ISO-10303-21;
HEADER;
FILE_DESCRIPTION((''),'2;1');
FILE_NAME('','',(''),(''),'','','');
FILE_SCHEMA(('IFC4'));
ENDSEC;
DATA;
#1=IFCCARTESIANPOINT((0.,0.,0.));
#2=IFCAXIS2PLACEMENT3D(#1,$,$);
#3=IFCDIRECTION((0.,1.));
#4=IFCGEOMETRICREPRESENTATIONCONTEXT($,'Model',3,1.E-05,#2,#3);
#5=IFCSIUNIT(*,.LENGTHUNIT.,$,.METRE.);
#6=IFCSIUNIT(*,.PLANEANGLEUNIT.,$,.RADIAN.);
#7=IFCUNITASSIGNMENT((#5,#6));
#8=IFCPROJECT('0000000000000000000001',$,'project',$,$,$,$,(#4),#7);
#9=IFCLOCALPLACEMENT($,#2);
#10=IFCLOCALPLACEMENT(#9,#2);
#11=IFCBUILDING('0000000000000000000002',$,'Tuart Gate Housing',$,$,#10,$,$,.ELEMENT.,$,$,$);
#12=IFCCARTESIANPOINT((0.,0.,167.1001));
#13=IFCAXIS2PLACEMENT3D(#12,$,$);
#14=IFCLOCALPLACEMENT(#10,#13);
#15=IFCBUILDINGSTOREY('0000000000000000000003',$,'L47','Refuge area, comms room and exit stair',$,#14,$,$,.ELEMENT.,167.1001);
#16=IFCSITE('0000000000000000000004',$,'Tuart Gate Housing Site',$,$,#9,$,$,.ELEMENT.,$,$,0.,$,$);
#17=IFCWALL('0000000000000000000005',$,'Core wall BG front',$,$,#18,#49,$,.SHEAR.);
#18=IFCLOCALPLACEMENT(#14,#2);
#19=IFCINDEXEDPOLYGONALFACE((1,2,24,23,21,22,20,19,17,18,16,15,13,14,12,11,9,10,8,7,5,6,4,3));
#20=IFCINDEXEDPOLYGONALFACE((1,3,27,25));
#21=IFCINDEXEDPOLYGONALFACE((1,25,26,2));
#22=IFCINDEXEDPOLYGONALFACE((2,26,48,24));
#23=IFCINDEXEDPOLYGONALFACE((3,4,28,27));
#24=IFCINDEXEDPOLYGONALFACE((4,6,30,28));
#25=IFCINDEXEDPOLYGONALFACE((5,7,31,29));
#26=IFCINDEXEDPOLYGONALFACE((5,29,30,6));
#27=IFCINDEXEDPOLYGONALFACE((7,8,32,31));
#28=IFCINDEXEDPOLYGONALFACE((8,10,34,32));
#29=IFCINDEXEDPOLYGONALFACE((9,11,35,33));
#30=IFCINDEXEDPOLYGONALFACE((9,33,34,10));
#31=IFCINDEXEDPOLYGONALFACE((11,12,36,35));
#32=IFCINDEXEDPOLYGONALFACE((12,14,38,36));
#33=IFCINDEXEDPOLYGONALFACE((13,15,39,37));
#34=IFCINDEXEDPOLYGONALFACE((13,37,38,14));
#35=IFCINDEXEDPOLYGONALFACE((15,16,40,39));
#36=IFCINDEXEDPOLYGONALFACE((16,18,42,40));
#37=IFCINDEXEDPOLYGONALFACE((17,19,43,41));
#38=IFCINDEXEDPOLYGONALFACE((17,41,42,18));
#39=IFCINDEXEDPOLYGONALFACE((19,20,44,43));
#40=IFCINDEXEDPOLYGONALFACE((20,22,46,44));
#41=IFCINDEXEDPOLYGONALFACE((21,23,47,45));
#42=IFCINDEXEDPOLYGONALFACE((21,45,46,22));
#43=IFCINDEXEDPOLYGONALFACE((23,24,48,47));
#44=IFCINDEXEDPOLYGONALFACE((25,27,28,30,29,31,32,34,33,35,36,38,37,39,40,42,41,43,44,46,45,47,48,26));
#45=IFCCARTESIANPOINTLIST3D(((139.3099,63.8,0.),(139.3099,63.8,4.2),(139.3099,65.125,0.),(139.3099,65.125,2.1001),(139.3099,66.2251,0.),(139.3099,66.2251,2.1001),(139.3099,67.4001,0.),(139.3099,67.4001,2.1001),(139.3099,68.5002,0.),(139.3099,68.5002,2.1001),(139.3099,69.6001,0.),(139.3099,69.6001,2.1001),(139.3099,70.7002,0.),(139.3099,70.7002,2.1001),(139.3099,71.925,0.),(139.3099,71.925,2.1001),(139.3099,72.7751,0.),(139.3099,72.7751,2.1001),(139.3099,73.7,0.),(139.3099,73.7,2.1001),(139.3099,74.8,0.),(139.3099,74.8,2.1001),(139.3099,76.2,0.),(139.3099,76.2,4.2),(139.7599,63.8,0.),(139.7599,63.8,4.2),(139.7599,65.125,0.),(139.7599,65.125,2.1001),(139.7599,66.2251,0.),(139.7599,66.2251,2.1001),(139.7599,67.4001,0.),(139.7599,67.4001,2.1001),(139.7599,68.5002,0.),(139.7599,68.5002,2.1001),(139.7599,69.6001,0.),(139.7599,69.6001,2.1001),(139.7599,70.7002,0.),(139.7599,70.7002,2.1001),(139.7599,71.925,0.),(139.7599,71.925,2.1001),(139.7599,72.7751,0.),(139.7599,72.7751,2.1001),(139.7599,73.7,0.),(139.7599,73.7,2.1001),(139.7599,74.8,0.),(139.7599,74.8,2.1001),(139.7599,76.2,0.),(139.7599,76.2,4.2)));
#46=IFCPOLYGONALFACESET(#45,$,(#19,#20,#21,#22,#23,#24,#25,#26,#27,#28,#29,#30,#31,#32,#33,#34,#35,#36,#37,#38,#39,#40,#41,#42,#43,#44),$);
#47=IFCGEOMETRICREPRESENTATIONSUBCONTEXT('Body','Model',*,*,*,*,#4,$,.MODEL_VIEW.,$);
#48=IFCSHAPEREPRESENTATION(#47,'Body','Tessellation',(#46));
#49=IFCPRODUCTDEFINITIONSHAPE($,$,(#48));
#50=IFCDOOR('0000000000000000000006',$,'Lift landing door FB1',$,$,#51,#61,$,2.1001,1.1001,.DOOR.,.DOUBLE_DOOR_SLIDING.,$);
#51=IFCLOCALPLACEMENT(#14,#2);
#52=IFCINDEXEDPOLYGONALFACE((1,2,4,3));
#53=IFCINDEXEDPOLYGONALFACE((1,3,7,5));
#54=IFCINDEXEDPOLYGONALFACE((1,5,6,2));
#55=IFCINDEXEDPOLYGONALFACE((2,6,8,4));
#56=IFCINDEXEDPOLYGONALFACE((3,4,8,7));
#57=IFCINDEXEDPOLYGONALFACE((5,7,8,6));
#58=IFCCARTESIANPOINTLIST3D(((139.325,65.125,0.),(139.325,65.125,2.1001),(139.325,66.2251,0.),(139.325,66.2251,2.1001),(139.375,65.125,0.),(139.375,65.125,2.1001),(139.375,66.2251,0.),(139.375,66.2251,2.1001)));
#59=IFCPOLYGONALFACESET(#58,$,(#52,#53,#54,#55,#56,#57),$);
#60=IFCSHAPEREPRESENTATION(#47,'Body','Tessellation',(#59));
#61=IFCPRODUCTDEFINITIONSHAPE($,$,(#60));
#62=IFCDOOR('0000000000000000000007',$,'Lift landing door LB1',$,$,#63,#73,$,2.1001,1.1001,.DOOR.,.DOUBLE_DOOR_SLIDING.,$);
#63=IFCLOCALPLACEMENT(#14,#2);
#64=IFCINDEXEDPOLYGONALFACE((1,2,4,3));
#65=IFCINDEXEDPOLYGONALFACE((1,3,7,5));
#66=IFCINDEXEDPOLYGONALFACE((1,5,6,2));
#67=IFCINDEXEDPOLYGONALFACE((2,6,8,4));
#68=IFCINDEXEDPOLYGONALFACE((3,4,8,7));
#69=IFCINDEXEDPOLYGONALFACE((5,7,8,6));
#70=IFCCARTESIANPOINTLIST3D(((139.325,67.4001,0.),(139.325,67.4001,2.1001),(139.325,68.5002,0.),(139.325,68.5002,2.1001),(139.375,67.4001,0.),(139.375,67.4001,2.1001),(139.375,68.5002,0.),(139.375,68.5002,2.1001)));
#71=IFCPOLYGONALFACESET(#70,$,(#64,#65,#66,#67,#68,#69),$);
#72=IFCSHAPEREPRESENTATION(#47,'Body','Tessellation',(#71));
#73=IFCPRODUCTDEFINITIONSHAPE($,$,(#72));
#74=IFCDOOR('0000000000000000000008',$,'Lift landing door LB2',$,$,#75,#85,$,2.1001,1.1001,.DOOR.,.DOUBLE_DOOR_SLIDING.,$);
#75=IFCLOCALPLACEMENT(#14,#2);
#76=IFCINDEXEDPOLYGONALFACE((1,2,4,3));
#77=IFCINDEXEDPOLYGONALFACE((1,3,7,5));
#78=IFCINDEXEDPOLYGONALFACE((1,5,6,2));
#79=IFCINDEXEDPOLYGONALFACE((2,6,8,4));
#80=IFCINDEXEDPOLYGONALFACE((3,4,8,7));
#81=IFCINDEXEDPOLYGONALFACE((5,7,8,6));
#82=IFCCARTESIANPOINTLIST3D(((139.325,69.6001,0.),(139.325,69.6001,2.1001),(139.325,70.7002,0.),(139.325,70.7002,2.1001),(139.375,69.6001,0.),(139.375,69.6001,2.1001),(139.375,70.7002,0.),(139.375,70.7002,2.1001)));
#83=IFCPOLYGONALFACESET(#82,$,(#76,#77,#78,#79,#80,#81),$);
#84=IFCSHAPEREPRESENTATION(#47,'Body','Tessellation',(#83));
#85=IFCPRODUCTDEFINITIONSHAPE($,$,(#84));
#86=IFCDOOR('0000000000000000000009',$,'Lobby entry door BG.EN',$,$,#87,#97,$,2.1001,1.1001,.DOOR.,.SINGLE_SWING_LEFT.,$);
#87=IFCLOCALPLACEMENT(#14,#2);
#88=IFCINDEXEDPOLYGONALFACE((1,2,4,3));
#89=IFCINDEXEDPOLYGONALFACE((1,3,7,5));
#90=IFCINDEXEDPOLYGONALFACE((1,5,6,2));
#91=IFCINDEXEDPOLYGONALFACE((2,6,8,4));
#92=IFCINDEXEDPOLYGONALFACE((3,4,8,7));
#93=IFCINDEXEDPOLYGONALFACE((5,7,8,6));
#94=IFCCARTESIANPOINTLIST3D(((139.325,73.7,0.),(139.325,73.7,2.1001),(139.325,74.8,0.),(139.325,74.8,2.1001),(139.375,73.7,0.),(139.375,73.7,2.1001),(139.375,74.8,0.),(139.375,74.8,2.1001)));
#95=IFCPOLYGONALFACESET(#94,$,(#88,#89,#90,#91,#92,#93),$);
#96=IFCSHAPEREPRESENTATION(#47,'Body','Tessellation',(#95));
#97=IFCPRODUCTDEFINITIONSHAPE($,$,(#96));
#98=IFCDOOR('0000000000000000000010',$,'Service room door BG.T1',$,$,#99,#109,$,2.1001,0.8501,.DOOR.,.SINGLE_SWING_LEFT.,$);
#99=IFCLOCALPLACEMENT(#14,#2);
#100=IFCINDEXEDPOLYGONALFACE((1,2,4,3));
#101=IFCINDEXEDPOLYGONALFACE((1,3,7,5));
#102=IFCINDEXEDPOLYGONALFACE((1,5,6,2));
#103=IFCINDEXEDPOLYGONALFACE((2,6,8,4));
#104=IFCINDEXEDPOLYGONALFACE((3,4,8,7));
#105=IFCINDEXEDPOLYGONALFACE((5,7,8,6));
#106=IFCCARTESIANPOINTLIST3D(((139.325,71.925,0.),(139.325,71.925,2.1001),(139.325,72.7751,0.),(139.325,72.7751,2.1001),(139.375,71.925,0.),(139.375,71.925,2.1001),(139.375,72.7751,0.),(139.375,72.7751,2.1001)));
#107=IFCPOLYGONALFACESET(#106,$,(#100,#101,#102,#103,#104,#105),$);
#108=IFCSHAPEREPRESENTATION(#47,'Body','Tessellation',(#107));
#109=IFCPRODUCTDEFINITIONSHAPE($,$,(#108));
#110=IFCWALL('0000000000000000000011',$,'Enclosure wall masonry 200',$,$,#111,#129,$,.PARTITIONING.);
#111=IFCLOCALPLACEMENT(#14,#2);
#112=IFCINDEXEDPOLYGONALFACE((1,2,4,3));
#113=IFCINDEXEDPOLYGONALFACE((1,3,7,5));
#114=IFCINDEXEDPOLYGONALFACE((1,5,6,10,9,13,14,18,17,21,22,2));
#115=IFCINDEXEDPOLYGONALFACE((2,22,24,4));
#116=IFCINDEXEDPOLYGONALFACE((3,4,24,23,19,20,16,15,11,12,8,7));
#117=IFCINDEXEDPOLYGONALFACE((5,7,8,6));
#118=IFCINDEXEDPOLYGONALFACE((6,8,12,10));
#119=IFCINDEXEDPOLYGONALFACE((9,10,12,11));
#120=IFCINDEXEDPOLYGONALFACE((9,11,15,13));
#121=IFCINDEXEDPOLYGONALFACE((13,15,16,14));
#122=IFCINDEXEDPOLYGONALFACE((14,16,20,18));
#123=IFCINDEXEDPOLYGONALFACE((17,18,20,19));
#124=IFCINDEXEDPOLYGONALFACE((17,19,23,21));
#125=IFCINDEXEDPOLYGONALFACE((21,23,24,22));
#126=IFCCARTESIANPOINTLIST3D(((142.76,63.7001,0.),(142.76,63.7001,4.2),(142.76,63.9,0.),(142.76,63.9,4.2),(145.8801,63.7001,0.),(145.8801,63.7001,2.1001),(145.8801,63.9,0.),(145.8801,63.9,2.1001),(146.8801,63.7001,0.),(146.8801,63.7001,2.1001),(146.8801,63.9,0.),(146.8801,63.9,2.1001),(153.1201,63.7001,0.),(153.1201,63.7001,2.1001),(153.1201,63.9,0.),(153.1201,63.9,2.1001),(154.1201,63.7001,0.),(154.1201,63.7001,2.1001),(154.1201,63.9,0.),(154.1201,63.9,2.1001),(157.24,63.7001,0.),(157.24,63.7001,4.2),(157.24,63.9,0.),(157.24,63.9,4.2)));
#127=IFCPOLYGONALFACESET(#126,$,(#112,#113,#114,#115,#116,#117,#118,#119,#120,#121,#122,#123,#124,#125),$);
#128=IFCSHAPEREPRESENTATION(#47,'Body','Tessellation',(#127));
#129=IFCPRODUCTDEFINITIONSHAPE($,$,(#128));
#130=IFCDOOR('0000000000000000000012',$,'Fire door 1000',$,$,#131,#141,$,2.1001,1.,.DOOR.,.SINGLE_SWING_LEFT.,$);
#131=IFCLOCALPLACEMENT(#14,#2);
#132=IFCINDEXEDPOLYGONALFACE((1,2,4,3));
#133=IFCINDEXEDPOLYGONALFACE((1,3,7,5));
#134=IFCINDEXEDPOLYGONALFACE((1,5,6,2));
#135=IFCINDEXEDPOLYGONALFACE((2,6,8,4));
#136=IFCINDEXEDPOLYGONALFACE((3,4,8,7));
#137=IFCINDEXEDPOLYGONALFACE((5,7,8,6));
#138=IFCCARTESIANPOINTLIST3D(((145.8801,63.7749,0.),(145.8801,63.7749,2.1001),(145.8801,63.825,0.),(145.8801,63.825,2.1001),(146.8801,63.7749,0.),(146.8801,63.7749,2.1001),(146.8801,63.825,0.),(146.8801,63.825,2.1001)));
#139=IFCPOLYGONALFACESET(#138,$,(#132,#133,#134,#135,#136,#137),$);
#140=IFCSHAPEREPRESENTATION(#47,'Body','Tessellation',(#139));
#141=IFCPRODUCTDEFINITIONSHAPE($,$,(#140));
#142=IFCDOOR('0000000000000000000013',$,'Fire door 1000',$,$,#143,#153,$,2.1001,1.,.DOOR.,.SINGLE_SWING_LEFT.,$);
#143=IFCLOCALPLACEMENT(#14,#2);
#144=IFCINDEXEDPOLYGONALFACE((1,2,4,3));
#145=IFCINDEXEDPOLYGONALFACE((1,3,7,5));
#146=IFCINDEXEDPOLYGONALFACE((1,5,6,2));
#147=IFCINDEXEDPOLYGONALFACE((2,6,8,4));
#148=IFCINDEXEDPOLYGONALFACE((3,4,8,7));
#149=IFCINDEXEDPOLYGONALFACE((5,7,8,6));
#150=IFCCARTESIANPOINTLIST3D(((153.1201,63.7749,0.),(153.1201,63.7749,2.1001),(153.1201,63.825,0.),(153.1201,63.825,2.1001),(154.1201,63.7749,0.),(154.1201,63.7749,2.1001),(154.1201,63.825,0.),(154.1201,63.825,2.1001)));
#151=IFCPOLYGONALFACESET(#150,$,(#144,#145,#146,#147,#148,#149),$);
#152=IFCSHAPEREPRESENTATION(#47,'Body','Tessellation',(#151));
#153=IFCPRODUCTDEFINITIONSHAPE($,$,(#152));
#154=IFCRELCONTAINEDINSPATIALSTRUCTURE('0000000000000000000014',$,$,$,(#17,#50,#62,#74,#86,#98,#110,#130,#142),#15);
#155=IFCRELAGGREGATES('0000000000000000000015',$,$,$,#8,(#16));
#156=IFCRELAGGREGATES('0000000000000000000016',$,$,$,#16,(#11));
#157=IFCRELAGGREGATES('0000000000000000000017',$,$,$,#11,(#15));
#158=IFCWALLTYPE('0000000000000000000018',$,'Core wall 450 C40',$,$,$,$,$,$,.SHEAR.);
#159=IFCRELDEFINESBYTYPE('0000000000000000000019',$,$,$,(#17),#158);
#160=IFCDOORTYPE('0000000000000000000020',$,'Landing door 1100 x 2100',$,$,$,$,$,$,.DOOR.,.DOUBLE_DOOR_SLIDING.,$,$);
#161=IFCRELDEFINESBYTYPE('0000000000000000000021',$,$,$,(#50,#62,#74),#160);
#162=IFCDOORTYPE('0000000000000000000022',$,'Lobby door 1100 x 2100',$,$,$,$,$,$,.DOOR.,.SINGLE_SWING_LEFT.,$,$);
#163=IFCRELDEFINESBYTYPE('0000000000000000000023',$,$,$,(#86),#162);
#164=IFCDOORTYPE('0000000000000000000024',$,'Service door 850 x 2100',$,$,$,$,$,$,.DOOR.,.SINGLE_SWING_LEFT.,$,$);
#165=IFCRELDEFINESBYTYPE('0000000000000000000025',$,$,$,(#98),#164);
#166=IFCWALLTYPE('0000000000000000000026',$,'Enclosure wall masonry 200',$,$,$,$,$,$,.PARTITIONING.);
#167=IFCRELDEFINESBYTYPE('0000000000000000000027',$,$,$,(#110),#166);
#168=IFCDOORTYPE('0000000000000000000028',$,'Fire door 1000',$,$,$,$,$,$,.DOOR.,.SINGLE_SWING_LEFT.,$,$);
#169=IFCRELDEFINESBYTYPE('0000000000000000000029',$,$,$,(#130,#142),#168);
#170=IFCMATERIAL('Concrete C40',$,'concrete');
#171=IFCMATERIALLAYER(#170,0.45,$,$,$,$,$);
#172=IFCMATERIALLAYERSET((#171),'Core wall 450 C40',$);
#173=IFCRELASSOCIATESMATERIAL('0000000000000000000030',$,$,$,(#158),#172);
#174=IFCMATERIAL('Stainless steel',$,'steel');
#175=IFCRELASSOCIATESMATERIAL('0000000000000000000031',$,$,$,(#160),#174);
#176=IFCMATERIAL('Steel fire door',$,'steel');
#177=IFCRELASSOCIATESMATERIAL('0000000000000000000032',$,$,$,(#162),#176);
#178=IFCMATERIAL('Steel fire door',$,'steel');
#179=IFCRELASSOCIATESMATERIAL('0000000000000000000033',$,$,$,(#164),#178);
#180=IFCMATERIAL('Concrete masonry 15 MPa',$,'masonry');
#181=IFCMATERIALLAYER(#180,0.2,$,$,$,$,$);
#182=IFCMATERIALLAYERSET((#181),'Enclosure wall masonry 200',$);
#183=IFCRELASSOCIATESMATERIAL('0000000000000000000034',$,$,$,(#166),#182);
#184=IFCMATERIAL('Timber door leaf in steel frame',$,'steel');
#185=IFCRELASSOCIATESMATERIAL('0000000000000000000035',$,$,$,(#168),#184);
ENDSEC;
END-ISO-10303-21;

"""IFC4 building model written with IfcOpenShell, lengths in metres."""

from ifc_helpers import new_model, si_unit, direction, frame, frame_2d, origin, place, context, subcontext, project, spatial, rectangle, extrude, material, layer, layer_set, type_object, element, fill, save


model = new_model("IFC4")

# Units and contexts
model_context = context("Model", 3, precision=1e-05, world=origin(), true_north=direction((0.0, 1.0)))
body_context = subcontext(model_context, "Body", "Model", "MODEL_VIEW")
ifc_project = project(units=[si_unit("LENGTHUNIT", "METRE"), si_unit("PLANEANGLEUNIT", "RADIAN")], contexts=[model_context])

# Site, building, storey
site_placement = place(None, origin())
site = spatial("IfcSite", under=ifc_project, at=site_placement, Name="Tuart Gate Housing Site", CompositionType="ELEMENT", RefElevation=0.0)
building_placement = place(site_placement, origin())
building = spatial("IfcBuilding", under=site, at=building_placement, Name="Tuart Gate Housing", CompositionType="ELEMENT")
storey_placement = place(building_placement, frame((0.0, 0.0, 167.1001)))
storey = spatial("IfcBuildingStorey", under=building, at=storey_placement, Name="L47", Description="Refuge area, comms room and exit stair", CompositionType="ELEMENT", Elevation=167.1001)

# Walls, openings, doors
ifc_material_1 = material(Name="Concrete C40", Category="concrete")
ifc_layer_1 = layer(ifc_material_1, 0.45)
ifc_layer_set_1 = layer_set([ifc_layer_1], Name="Core wall 450 C40")
wall_type_1 = type_object("IfcWallType", Name="Core wall 450 C40", PredefinedType="SHEAR", material=ifc_layer_set_1)
wall_1_placement = place(storey_placement, frame((139.5349, 63.8, 0.0), z_axis=(0.0, 0.0, 1.0), x_axis=(0.0, 1.0, 0.0)))
wall_1 = element("IfcWall", 1, at=wall_1_placement, inside=storey, type_object=wall_type_1, Name="Core wall BG front", PredefinedType="SHEAR", context=body_context, shape_type="SweptSolid", body=[
    extrude(rectangle(XDim=12.3999, YDim=0.45, at=frame_2d((6.2, 0.0))), origin(), (0.0, 0.0, 1.0), 4.2),
])
opening_1_placement = place(wall_1_placement, frame((1.325, 0.0, 0.0)))
opening_1 = element("IfcOpeningElement", 2, at=opening_1_placement, cuts=wall_1, PredefinedType="OPENING", context=body_context, shape_type="SweptSolid", body=[
    extrude(rectangle(XDim=1.1001, YDim=2.1001, at=frame_2d((0.55, 1.05))), frame((0.0, 0.2349, 0.0), z_axis=(0.0, -1.0, 0.0), x_axis=(1.0, 0.0, 0.0)), (0.0, 0.0, 1.0), 0.47),
])
opening_2_placement = place(wall_1_placement, frame((3.6001, 0.0, 0.0)))
opening_2 = element("IfcOpeningElement", 3, at=opening_2_placement, cuts=wall_1, PredefinedType="OPENING", context=body_context, shape_type="SweptSolid", body=[
    extrude(rectangle(XDim=1.1001, YDim=2.1001, at=frame_2d((0.55, 1.05))), frame((0.0, 0.2349, 0.0), z_axis=(0.0, -1.0, 0.0), x_axis=(1.0, 0.0, 0.0)), (0.0, 0.0, 1.0), 0.47),
])
opening_3_placement = place(wall_1_placement, frame((5.8, 0.0, 0.0)))
opening_3 = element("IfcOpeningElement", 4, at=opening_3_placement, cuts=wall_1, PredefinedType="OPENING", context=body_context, shape_type="SweptSolid", body=[
    extrude(rectangle(XDim=1.1001, YDim=2.1001, at=frame_2d((0.55, 1.05))), frame((0.0, 0.2349, 0.0), z_axis=(0.0, -1.0, 0.0), x_axis=(1.0, 0.0, 0.0)), (0.0, 0.0, 1.0), 0.47),
])
opening_4_placement = place(wall_1_placement, frame((9.8999, 0.0, 0.0)))
opening_4 = element("IfcOpeningElement", 5, at=opening_4_placement, cuts=wall_1, PredefinedType="OPENING", context=body_context, shape_type="SweptSolid", body=[
    extrude(rectangle(XDim=1.1001, YDim=2.1001, at=frame_2d((0.55, 1.05))), frame((0.0, 0.2349, 0.0), z_axis=(0.0, -1.0, 0.0), x_axis=(1.0, 0.0, 0.0)), (0.0, 0.0, 1.0), 0.47),
])
opening_5_placement = place(wall_1_placement, frame((8.125, 0.0, 0.0)))
opening_5 = element("IfcOpeningElement", 6, at=opening_5_placement, cuts=wall_1, PredefinedType="OPENING", context=body_context, shape_type="SweptSolid", body=[
    extrude(rectangle(XDim=0.8501, YDim=2.1001, at=frame_2d((0.425, 1.05))), frame((0.0, 0.2349, 0.0), z_axis=(0.0, -1.0, 0.0), x_axis=(1.0, 0.0, 0.0)), (0.0, 0.0, 1.0), 0.47),
])
ifc_material_2 = material(Name="Stainless steel", Category="steel")
door_type_1 = type_object("IfcDoorType", Name="Landing door 1100 x 2100", OperationType="DOUBLE_DOOR_SLIDING", PredefinedType="DOOR", material=ifc_material_2)
door_1_placement = place(opening_1_placement, origin())
door_1 = element("IfcDoor", 7, at=door_1_placement, inside=storey, type_object=door_type_1, Name="Lift landing door FB1", OperationType="DOUBLE_DOOR_SLIDING", OverallHeight=2.1001, OverallWidth=1.1001, PredefinedType="DOOR", context=body_context, shape_type="SweptSolid", body=[
    extrude(rectangle(XDim=1.1001, YDim=2.1001, at=frame_2d((0.55, 1.05))), frame((0.0, 0.21, 0.0), z_axis=(0.0, -1.0, 0.0), x_axis=(1.0, 0.0, 0.0)), (0.0, 0.0, 1.0), 0.05),
])
fill(opening_1, door_1)
door_2_placement = place(opening_2_placement, origin())
door_2 = element("IfcDoor", 8, at=door_2_placement, inside=storey, type_object=door_type_1, Name="Lift landing door LB1", OperationType="DOUBLE_DOOR_SLIDING", OverallHeight=2.1001, OverallWidth=1.1001, PredefinedType="DOOR", context=body_context, shape_type="SweptSolid", body=[
    extrude(rectangle(XDim=1.1001, YDim=2.1001, at=frame_2d((0.55, 1.05))), frame((0.0, 0.21, 0.0), z_axis=(0.0, -1.0, 0.0), x_axis=(1.0, 0.0, 0.0)), (0.0, 0.0, 1.0), 0.05),
])
fill(opening_2, door_2)
door_3_placement = place(opening_3_placement, origin())
door_3 = element("IfcDoor", 9, at=door_3_placement, inside=storey, type_object=door_type_1, Name="Lift landing door LB2", OperationType="DOUBLE_DOOR_SLIDING", OverallHeight=2.1001, OverallWidth=1.1001, PredefinedType="DOOR", context=body_context, shape_type="SweptSolid", body=[
    extrude(rectangle(XDim=1.1001, YDim=2.1001, at=frame_2d((0.55, 1.05))), frame((0.0, 0.21, 0.0), z_axis=(0.0, -1.0, 0.0), x_axis=(1.0, 0.0, 0.0)), (0.0, 0.0, 1.0), 0.05),
])
fill(opening_3, door_3)
ifc_material_3 = material(Name="Steel fire door", Category="steel")
door_type_2 = type_object("IfcDoorType", Name="Lobby door 1100 x 2100", OperationType="SINGLE_SWING_LEFT", PredefinedType="DOOR", material=ifc_material_3)
door_4_placement = place(opening_4_placement, origin())
door_4 = element("IfcDoor", 10, at=door_4_placement, inside=storey, type_object=door_type_2, Name="Lobby entry door BG.EN", OperationType="SINGLE_SWING_LEFT", OverallHeight=2.1001, OverallWidth=1.1001, PredefinedType="DOOR", context=body_context, shape_type="SweptSolid", body=[
    extrude(rectangle(XDim=1.1001, YDim=2.1001, at=frame_2d((0.55, 1.05))), frame((0.0, 0.21, 0.0), z_axis=(0.0, -1.0, 0.0), x_axis=(1.0, 0.0, 0.0)), (0.0, 0.0, 1.0), 0.05),
])
fill(opening_4, door_4)
ifc_material_4 = material(Name="Steel fire door", Category="steel")
door_type_3 = type_object("IfcDoorType", Name="Service door 850 x 2100", OperationType="SINGLE_SWING_LEFT", PredefinedType="DOOR", material=ifc_material_4)
door_5_placement = place(opening_5_placement, origin())
door_5 = element("IfcDoor", 11, at=door_5_placement, inside=storey, type_object=door_type_3, Name="Service room door BG.T1", OperationType="SINGLE_SWING_LEFT", OverallHeight=2.1001, OverallWidth=0.8501, PredefinedType="DOOR", context=body_context, shape_type="SweptSolid", body=[
    extrude(rectangle(XDim=0.8501, YDim=2.1001, at=frame_2d((0.425, 1.05))), frame((0.0, 0.21, 0.0), z_axis=(0.0, -1.0, 0.0), x_axis=(1.0, 0.0, 0.0)), (0.0, 0.0, 1.0), 0.05),
])
fill(opening_5, door_5)
ifc_material_5 = material(Name="Concrete masonry 15 MPa", Category="masonry")
ifc_layer_2 = layer(ifc_material_5, 0.2)
ifc_layer_set_2 = layer_set([ifc_layer_2], Name="Enclosure wall masonry 200")
wall_type_2 = type_object("IfcWallType", Name="Enclosure wall masonry 200", PredefinedType="PARTITIONING", material=ifc_layer_set_2)
wall_2_placement = place(storey_placement, frame((142.76, 63.8, 0.0), z_axis=(0.0, 0.0, 1.0), x_axis=(1.0, 0.0, 0.0)))
wall_2 = element("IfcWall", 12, at=wall_2_placement, inside=storey, type_object=wall_type_2, Name="Enclosure wall masonry 200", PredefinedType="PARTITIONING", context=body_context, shape_type="SweptSolid", body=[
    extrude(rectangle(XDim=14.48, YDim=0.2, at=frame_2d((7.24, 0.0))), origin(), (0.0, 0.0, 1.0), 4.2),
])
opening_6_placement = place(wall_2_placement, frame((3.1201, 0.0, 0.0)))
opening_6 = element("IfcOpeningElement", 13, at=opening_6_placement, cuts=wall_2, PredefinedType="OPENING", context=body_context, shape_type="SweptSolid", body=[
    extrude(rectangle(XDim=1.0, YDim=2.1001, at=frame_2d((0.5, 1.05))), frame((0.0, 0.1099, 0.0), z_axis=(0.0, -1.0, 0.0), x_axis=(1.0, 0.0, 0.0)), (0.0, 0.0, 1.0), 0.22),
])
opening_7_placement = place(wall_2_placement, frame((10.3601, 0.0, 0.0)))
opening_7 = element("IfcOpeningElement", 14, at=opening_7_placement, cuts=wall_2, PredefinedType="OPENING", context=body_context, shape_type="SweptSolid", body=[
    extrude(rectangle(XDim=1.0, YDim=2.1001, at=frame_2d((0.5, 1.05))), frame((0.0, 0.1099, 0.0), z_axis=(0.0, -1.0, 0.0), x_axis=(1.0, 0.0, 0.0)), (0.0, 0.0, 1.0), 0.22),
])
ifc_material_6 = material(Name="Timber door leaf in steel frame", Category="steel")
door_type_4 = type_object("IfcDoorType", Name="Fire door 1000", OperationType="SINGLE_SWING_LEFT", PredefinedType="DOOR", material=ifc_material_6)
door_6_placement = place(opening_6_placement, origin())
door_6 = element("IfcDoor", 15, at=door_6_placement, inside=storey, type_object=door_type_4, Name="Fire door 1000", OperationType="SINGLE_SWING_LEFT", OverallHeight=2.1001, OverallWidth=1.0, PredefinedType="DOOR", context=body_context, shape_type="SweptSolid", body=[
    extrude(rectangle(XDim=1.0, YDim=2.1001, at=frame_2d((0.5, 1.05))), frame((0.0, 0.0249, 0.0), z_axis=(0.0, -1.0, 0.0), x_axis=(1.0, 0.0, 0.0)), (0.0, 0.0, 1.0), 0.05),
])
fill(opening_6, door_6)
door_7_placement = place(opening_7_placement, origin())
door_7 = element("IfcDoor", 16, at=door_7_placement, inside=storey, type_object=door_type_4, Name="Fire door 1000", OperationType="SINGLE_SWING_LEFT", OverallHeight=2.1001, OverallWidth=1.0, PredefinedType="DOOR", context=body_context, shape_type="SweptSolid", body=[
    extrude(rectangle(XDim=1.0, YDim=2.1001, at=frame_2d((0.5, 1.05))), frame((0.0, 0.0249, 0.0), z_axis=(0.0, -1.0, 0.0), x_axis=(1.0, 0.0, 0.0)), (0.0, 0.0, 1.0), 0.05),
])
fill(opening_7, door_7)

save(model, "model.ifc")
